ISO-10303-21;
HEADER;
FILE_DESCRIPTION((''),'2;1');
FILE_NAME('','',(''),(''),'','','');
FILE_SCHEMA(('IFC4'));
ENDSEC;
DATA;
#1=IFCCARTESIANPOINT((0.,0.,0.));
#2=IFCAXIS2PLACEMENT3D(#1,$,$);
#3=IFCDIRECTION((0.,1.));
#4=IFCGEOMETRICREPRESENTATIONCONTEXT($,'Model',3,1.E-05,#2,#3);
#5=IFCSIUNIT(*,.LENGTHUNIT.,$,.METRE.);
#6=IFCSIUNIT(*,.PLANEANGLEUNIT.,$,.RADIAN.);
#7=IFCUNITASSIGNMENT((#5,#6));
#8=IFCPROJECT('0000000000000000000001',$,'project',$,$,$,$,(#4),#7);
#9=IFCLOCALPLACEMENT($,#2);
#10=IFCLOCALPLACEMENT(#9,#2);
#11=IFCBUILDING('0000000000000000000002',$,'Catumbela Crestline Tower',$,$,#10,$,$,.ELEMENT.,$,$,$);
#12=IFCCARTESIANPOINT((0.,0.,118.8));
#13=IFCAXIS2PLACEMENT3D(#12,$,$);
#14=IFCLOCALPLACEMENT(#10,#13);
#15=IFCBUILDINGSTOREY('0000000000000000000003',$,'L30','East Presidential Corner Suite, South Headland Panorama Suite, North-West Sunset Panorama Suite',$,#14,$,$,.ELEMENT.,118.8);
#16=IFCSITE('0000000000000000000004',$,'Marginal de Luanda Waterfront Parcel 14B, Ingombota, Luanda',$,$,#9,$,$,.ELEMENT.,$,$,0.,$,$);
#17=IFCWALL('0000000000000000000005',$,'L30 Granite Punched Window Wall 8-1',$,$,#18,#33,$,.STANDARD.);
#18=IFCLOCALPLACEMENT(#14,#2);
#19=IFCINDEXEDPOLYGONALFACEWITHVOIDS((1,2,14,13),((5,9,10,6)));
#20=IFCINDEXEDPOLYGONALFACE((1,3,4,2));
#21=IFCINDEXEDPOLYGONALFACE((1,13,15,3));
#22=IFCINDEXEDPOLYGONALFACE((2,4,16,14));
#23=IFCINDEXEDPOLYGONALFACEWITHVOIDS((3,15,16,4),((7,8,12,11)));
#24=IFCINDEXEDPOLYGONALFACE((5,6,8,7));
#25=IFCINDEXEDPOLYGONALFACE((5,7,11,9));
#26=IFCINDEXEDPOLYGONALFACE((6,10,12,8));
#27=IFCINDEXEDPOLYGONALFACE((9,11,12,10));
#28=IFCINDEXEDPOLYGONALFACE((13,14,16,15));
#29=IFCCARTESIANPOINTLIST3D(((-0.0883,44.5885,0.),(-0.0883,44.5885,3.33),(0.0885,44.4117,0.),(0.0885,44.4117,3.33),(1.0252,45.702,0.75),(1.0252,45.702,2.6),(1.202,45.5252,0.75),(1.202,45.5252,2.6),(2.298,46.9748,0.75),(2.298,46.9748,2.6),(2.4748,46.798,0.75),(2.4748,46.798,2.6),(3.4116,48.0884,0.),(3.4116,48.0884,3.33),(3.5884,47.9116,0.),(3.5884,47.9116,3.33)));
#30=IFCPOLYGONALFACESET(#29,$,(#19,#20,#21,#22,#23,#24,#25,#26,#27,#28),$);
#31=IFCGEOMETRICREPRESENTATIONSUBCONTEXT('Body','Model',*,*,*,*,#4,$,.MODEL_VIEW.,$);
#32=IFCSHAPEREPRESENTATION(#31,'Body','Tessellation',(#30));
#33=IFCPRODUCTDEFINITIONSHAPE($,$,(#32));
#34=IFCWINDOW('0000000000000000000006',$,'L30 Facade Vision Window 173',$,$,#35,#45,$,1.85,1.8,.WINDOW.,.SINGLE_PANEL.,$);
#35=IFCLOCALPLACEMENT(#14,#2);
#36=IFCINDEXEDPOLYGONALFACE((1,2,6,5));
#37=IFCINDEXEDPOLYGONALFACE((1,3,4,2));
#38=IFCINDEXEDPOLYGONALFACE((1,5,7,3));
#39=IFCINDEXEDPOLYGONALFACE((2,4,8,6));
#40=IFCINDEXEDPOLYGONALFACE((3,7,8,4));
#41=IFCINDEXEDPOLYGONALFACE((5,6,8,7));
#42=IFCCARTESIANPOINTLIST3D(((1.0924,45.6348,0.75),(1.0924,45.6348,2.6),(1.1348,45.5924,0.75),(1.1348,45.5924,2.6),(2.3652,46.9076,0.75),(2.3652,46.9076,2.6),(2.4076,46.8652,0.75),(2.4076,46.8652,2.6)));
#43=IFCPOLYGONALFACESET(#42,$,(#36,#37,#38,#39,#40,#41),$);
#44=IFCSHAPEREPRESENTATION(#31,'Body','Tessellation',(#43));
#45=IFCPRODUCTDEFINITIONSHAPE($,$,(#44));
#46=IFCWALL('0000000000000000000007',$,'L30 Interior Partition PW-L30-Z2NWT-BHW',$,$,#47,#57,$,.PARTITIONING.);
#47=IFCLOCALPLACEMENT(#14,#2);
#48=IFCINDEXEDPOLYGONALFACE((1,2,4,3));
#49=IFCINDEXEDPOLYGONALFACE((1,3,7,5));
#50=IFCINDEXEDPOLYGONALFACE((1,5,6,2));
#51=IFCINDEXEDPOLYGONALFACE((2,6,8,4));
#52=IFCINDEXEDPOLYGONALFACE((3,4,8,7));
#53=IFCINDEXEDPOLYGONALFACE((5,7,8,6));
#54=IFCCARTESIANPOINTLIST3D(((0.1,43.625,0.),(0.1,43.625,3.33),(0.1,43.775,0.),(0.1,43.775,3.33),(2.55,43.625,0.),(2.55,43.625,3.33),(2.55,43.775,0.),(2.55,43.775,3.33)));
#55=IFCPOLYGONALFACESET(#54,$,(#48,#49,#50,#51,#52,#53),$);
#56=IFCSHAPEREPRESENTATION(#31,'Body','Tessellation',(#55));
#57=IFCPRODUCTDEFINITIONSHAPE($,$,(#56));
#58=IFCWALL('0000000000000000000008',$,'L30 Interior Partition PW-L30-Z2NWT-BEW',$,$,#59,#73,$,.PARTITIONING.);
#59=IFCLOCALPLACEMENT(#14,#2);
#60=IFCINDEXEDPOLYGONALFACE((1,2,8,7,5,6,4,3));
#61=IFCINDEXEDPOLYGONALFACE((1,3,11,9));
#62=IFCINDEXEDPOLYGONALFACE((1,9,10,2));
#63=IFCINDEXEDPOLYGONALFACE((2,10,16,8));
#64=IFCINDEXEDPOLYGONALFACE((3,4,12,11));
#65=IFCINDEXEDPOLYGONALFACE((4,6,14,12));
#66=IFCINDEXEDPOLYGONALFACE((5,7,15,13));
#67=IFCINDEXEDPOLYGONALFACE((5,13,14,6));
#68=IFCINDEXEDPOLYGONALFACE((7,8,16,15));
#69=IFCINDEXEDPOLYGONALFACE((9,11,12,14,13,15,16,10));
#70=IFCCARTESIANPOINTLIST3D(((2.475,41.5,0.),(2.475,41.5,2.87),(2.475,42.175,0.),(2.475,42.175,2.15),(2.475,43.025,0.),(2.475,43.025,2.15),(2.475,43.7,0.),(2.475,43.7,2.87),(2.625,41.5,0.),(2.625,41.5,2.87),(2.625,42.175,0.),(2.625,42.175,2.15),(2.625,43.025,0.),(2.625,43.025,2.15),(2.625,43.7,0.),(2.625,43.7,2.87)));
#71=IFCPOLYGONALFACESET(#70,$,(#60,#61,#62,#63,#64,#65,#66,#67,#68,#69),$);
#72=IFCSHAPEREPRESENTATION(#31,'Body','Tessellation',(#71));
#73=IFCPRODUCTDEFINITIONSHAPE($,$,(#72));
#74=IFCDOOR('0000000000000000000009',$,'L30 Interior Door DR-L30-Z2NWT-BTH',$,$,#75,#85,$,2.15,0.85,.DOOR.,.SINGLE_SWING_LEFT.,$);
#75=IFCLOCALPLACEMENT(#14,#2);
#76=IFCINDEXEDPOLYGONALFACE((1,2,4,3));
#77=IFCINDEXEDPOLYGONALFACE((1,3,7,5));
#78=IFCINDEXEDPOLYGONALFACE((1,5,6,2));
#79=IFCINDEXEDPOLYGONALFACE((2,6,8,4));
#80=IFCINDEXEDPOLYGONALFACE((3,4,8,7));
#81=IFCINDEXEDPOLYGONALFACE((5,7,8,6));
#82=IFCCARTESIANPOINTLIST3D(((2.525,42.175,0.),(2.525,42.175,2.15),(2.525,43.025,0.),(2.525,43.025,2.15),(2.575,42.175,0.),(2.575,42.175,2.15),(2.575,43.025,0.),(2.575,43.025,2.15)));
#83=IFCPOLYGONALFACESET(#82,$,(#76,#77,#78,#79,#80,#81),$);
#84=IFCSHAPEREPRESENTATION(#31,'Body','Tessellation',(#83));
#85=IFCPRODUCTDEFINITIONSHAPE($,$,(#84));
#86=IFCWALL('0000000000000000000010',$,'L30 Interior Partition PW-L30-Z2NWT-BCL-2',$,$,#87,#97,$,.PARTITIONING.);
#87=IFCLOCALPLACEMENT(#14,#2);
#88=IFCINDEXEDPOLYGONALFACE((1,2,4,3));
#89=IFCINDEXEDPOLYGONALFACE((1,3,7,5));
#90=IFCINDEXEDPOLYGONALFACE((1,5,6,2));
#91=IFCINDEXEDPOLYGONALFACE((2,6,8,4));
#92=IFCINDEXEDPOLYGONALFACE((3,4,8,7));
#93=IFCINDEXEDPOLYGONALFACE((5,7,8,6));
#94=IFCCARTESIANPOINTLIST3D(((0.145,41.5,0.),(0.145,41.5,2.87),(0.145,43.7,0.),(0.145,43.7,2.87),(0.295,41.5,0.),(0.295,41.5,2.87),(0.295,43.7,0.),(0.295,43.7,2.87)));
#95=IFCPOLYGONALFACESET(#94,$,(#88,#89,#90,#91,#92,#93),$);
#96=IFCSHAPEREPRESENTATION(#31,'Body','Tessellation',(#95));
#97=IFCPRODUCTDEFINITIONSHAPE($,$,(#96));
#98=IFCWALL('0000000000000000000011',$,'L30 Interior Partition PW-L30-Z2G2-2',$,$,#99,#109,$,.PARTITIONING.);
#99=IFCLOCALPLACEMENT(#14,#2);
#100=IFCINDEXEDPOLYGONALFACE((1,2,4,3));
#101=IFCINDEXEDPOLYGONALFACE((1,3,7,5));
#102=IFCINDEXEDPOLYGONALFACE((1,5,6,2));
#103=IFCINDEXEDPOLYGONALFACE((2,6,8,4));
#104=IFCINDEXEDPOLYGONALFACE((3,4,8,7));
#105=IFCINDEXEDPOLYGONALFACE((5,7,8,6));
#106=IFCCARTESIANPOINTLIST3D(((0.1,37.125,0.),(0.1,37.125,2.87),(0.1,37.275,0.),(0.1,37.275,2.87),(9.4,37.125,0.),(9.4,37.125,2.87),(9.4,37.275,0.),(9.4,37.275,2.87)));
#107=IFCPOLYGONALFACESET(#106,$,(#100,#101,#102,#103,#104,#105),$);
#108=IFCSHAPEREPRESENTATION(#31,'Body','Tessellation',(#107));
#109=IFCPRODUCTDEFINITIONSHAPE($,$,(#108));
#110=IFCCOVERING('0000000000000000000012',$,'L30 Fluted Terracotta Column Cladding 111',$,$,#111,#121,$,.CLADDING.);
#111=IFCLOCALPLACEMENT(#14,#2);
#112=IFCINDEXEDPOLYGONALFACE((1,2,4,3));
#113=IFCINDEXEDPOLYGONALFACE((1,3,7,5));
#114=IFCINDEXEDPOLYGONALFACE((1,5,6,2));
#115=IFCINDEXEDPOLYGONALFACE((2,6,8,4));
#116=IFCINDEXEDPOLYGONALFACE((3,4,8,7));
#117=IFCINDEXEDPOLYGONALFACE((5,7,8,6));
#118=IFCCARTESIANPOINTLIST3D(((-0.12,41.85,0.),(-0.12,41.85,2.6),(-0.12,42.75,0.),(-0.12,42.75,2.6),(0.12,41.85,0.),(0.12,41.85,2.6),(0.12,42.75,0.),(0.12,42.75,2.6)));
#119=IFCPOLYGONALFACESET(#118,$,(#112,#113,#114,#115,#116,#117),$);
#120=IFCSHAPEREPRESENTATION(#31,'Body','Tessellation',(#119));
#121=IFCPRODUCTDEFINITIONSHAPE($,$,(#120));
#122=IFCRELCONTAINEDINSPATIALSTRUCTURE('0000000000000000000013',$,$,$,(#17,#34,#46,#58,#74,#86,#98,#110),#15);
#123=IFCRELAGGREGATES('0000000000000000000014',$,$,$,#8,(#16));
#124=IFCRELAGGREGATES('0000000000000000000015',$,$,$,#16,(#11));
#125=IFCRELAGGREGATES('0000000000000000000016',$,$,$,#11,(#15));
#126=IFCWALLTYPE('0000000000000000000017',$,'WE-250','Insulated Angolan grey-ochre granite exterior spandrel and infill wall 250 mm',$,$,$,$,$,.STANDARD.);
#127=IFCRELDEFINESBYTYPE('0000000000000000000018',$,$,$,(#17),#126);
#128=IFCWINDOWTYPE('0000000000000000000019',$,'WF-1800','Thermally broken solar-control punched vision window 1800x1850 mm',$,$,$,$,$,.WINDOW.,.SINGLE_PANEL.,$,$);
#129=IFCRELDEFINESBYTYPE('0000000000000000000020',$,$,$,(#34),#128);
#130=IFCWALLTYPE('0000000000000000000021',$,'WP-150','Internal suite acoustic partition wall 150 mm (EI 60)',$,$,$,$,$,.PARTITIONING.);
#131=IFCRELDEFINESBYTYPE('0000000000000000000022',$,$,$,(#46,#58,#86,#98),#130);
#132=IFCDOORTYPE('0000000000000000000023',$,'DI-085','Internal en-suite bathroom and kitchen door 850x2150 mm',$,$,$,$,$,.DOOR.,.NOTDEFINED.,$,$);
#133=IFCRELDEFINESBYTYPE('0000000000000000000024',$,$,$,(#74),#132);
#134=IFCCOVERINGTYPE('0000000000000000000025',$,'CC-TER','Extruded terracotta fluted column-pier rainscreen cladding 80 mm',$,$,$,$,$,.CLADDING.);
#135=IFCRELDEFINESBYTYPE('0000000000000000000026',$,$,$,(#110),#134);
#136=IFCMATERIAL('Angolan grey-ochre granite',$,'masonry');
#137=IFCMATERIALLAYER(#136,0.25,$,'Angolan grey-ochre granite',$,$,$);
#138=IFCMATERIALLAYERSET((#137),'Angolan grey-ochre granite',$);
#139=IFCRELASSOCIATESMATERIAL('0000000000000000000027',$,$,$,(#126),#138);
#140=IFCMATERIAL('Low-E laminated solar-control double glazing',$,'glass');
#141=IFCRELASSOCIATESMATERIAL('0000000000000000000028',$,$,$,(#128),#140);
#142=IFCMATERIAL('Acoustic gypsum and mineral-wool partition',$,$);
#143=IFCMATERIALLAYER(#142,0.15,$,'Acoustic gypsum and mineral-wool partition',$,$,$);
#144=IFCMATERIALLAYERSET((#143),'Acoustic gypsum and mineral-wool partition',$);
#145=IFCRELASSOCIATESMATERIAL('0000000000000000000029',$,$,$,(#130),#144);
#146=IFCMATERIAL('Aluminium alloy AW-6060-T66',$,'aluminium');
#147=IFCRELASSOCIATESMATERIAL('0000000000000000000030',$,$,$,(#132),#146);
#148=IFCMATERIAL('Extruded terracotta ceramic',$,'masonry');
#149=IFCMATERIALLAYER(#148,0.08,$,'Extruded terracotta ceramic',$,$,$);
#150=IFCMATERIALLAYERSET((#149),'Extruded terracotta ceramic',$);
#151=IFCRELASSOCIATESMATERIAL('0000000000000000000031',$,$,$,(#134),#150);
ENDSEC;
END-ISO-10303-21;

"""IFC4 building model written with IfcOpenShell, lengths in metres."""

from ifc_helpers import new_model, si_unit, direction, frame, frame_2d, origin, origin_2d, place, context, subcontext, project, spatial, rectangle, extrude, material, layer, layer_set, type_object, element, fill, save


model = new_model("IFC4")

# Units and contexts
model_context = context("Model", 3, precision=1e-05, world=origin(), true_north=direction((0.0, 1.0)))
body_context = subcontext(model_context, "Body", "Model", "MODEL_VIEW")
ifc_project = project(units=[si_unit("LENGTHUNIT", "METRE"), si_unit("PLANEANGLEUNIT", "RADIAN")], contexts=[model_context])

# Site, building, storey
site_placement = place(None, origin())
site = spatial("IfcSite", under=ifc_project, at=site_placement, Name="Marginal de Luanda Waterfront Parcel 14B, Ingombota, Luanda", CompositionType="ELEMENT", RefElevation=0.0)
building_placement = place(site_placement, origin())
building = spatial("IfcBuilding", under=site, at=building_placement, Name="Catumbela Crestline Tower", CompositionType="ELEMENT")
storey_placement = place(building_placement, frame((0.0, 0.0, 118.8)))
storey = spatial("IfcBuildingStorey", under=building, at=storey_placement, Name="L30", Description="East Presidential Corner Suite, South Headland Panorama Suite, North-West Sunset Panorama Suite", CompositionType="ELEMENT", Elevation=118.8)

# Shared definitions
ifc_material_1 = material(Name="Aluminium alloy AW-6060-T66", Category="aluminium")

# Shared definitions
ifc_material_2 = material(Name="Low-E laminated solar-control double glazing", Category="glass")

# Shared definitions
ifc_material_3 = material(Name="Acoustic gypsum and mineral-wool partition")

# Wall, opening, window
ifc_material_4 = material(Name="Angolan grey-ochre granite", Category="masonry")
ifc_layer_1 = layer(ifc_material_4, 0.25, Name="Angolan grey-ochre granite")
ifc_layer_set_1 = layer_set([ifc_layer_1], Name="Angolan grey-ochre granite")
wall_type_1 = type_object("IfcWallType", Name="WE-250", Description="Insulated Angolan grey-ochre granite exterior spandrel and infill wall 250 mm", PredefinedType="STANDARD", material=ifc_layer_set_1)
wall_1_placement = place(storey_placement, frame((3.5, 48.0, 0.0), z_axis=(0.0, 0.0, 1.0), x_axis=(-0.707107, -0.707107, 0.0)))
wall_1 = element("IfcWall", 1, at=wall_1_placement, inside=storey, type_object=wall_type_1, Name="L30 Granite Punched Window Wall 8-1", PredefinedType="STANDARD", context=body_context, shape_type="SweptSolid", body=[
    extrude(rectangle(XDim=4.9497, YDim=0.25, at=frame_2d((2.4748, 0.0))), origin(), (0.0, 0.0, 1.0), 3.33),
])
opening_1_placement = place(wall_1_placement, frame((1.5749, 0.0, 0.75)))
opening_1 = element("IfcOpeningElement", 2, at=opening_1_placement, cuts=wall_1, PredefinedType="OPENING", context=body_context, shape_type="SweptSolid", body=[
    extrude(rectangle(XDim=1.8, YDim=1.85, at=frame_2d((0.9, 0.925))), frame((0.0, 0.135, 0.0), z_axis=(0.0, -1.0, 0.0), x_axis=(1.0, 0.0, 0.0)), (0.0, 0.0, 1.0), 0.27),
])
window_type = type_object("IfcWindowType", Name="WF-1800", Description="Thermally broken solar-control punched vision window 1800x1850 mm", PartitioningType="SINGLE_PANEL", PredefinedType="WINDOW", material=ifc_material_2)
window_placement = place(opening_1_placement, origin())
window = element("IfcWindow", 3, at=window_placement, inside=storey, type_object=window_type, Name="L30 Facade Vision Window 173", OverallHeight=1.85, OverallWidth=1.8, PartitioningType="SINGLE_PANEL", PredefinedType="WINDOW", context=body_context, shape_type="SweptSolid", body=[
    extrude(rectangle(XDim=1.8, YDim=1.85, at=frame_2d((0.9, 0.925))), frame((0.0, 0.03, 0.0), z_axis=(0.0, -1.0, 0.0), x_axis=(1.0, 0.0, 0.0)), (0.0, 0.0, 1.0), 0.06),
])
fill(opening_1, window)

# Wall
ifc_layer_2 = layer(ifc_material_3, 0.15, Name="Acoustic gypsum and mineral-wool partition")
ifc_layer_set_2 = layer_set([ifc_layer_2], Name="Acoustic gypsum and mineral-wool partition")
wall_type_2 = type_object("IfcWallType", Name="WP-150", Description="Internal suite acoustic partition wall 150 mm (EI 60)", PredefinedType="PARTITIONING", material=ifc_layer_set_2)
wall_2_placement = place(storey_placement, frame((0.1, 43.7, 0.0), z_axis=(0.0, 0.0, 1.0), x_axis=(1.0, 0.0, 0.0)))
element("IfcWall", 4, at=wall_2_placement, inside=storey, type_object=wall_type_2, Name="L30 Interior Partition PW-L30-Z2NWT-BHW", PredefinedType="PARTITIONING", context=body_context, shape_type="SweptSolid", body=[
    extrude(rectangle(XDim=2.45, YDim=0.15, at=frame_2d((1.225, 0.0))), origin(), (0.0, 0.0, 1.0), 3.33),
])

# Wall, opening, door
wall_3_placement = place(storey_placement, frame((2.55, 41.5, 0.0), z_axis=(0.0, 0.0, 1.0), x_axis=(0.0, 1.0, 0.0)))
wall_3 = element("IfcWall", 5, at=wall_3_placement, inside=storey, type_object=wall_type_2, Name="L30 Interior Partition PW-L30-Z2NWT-BEW", PredefinedType="PARTITIONING", context=body_context, shape_type="SweptSolid", body=[
    extrude(rectangle(XDim=2.2, YDim=0.15, at=frame_2d((1.1, 0.0))), origin(), (0.0, 0.0, 1.0), 2.87),
])
opening_2_placement = place(wall_3_placement, frame((0.675, 0.0, 0.0)))
opening_2 = element("IfcOpeningElement", 6, at=opening_2_placement, cuts=wall_3, PredefinedType="OPENING", context=body_context, shape_type="SweptSolid", body=[
    extrude(rectangle(XDim=0.85, YDim=2.15, at=frame_2d((0.425, 1.075))), frame((0.0, 0.085, 0.0), z_axis=(0.0, -1.0, 0.0), x_axis=(1.0, 0.0, 0.0)), (0.0, 0.0, 1.0), 0.17),
])
door_type_1 = type_object("IfcDoorType", Name="DI-085", Description="Internal en-suite bathroom and kitchen door 850x2150 mm", OperationType="NOTDEFINED", PredefinedType="DOOR", material=ifc_material_1)
door_1_placement = place(opening_2_placement, origin())
door_1 = element("IfcDoor", 7, at=door_1_placement, inside=storey, type_object=door_type_1, Name="L30 Interior Door DR-L30-Z2NWT-BTH", OperationType="SINGLE_SWING_LEFT", OverallHeight=2.15, OverallWidth=0.85, PredefinedType="DOOR", context=body_context, shape_type="SweptSolid", body=[
    extrude(rectangle(XDim=0.85, YDim=2.15, at=frame_2d((0.425, 1.075))), frame((0.0, 0.025, 0.0), z_axis=(0.0, -1.0, 0.0), x_axis=(1.0, 0.0, 0.0)), (0.0, 0.0, 1.0), 0.05),
])
fill(opening_2, door_1)

# Walls
wall_4_placement = place(storey_placement, frame((0.22, 41.5, 0.0), z_axis=(0.0, 0.0, 1.0), x_axis=(0.0, 1.0, 0.0)))
element("IfcWall", 8, at=wall_4_placement, inside=storey, type_object=wall_type_2, Name="L30 Interior Partition PW-L30-Z2NWT-BCL-2", PredefinedType="PARTITIONING", context=body_context, shape_type="SweptSolid", body=[
    extrude(rectangle(XDim=2.2, YDim=0.15, at=frame_2d((1.1, 0.0))), origin(), (0.0, 0.0, 1.0), 2.87),
])
wall_5_placement = place(storey_placement, frame((0.1, 37.2, 0.0), z_axis=(0.0, 0.0, 1.0), x_axis=(1.0, 0.0, 0.0)))
element("IfcWall", 9, at=wall_5_placement, inside=storey, type_object=wall_type_2, Name="L30 Interior Partition PW-L30-Z2G2-2", PredefinedType="PARTITIONING", context=body_context, shape_type="SweptSolid", body=[
    extrude(rectangle(XDim=9.3, YDim=0.15, at=frame_2d((4.65, 0.0))), origin(), (0.0, 0.0, 1.0), 2.87),
])

# Covering
ifc_material_5 = material(Name="Extruded terracotta ceramic", Category="masonry")
ifc_layer_3 = layer(ifc_material_5, 0.08, Name="Extruded terracotta ceramic")
ifc_layer_set_3 = layer_set([ifc_layer_3], Name="Extruded terracotta ceramic")
covering_type = type_object("IfcCoveringType", Name="CC-TER", Description="Extruded terracotta fluted column-pier rainscreen cladding 80 mm", PredefinedType="CLADDING", material=ifc_layer_set_3)
covering_placement = place(storey_placement, frame((0.0, 42.3, 0.0), z_axis=(0.0, 0.0, 1.0), x_axis=(0.0, -1.0, 0.0)))
element("IfcCovering", 10, at=covering_placement, inside=storey, type_object=covering_type, Name="L30 Fluted Terracotta Column Cladding 111", PredefinedType="CLADDING", context=body_context, shape_type="SweptSolid", body=[
    extrude(rectangle(XDim=0.9, YDim=0.24, at=origin_2d()), origin(), (0.0, 0.0, 1.0), 2.6),
])

save(model, "model.ifc")
